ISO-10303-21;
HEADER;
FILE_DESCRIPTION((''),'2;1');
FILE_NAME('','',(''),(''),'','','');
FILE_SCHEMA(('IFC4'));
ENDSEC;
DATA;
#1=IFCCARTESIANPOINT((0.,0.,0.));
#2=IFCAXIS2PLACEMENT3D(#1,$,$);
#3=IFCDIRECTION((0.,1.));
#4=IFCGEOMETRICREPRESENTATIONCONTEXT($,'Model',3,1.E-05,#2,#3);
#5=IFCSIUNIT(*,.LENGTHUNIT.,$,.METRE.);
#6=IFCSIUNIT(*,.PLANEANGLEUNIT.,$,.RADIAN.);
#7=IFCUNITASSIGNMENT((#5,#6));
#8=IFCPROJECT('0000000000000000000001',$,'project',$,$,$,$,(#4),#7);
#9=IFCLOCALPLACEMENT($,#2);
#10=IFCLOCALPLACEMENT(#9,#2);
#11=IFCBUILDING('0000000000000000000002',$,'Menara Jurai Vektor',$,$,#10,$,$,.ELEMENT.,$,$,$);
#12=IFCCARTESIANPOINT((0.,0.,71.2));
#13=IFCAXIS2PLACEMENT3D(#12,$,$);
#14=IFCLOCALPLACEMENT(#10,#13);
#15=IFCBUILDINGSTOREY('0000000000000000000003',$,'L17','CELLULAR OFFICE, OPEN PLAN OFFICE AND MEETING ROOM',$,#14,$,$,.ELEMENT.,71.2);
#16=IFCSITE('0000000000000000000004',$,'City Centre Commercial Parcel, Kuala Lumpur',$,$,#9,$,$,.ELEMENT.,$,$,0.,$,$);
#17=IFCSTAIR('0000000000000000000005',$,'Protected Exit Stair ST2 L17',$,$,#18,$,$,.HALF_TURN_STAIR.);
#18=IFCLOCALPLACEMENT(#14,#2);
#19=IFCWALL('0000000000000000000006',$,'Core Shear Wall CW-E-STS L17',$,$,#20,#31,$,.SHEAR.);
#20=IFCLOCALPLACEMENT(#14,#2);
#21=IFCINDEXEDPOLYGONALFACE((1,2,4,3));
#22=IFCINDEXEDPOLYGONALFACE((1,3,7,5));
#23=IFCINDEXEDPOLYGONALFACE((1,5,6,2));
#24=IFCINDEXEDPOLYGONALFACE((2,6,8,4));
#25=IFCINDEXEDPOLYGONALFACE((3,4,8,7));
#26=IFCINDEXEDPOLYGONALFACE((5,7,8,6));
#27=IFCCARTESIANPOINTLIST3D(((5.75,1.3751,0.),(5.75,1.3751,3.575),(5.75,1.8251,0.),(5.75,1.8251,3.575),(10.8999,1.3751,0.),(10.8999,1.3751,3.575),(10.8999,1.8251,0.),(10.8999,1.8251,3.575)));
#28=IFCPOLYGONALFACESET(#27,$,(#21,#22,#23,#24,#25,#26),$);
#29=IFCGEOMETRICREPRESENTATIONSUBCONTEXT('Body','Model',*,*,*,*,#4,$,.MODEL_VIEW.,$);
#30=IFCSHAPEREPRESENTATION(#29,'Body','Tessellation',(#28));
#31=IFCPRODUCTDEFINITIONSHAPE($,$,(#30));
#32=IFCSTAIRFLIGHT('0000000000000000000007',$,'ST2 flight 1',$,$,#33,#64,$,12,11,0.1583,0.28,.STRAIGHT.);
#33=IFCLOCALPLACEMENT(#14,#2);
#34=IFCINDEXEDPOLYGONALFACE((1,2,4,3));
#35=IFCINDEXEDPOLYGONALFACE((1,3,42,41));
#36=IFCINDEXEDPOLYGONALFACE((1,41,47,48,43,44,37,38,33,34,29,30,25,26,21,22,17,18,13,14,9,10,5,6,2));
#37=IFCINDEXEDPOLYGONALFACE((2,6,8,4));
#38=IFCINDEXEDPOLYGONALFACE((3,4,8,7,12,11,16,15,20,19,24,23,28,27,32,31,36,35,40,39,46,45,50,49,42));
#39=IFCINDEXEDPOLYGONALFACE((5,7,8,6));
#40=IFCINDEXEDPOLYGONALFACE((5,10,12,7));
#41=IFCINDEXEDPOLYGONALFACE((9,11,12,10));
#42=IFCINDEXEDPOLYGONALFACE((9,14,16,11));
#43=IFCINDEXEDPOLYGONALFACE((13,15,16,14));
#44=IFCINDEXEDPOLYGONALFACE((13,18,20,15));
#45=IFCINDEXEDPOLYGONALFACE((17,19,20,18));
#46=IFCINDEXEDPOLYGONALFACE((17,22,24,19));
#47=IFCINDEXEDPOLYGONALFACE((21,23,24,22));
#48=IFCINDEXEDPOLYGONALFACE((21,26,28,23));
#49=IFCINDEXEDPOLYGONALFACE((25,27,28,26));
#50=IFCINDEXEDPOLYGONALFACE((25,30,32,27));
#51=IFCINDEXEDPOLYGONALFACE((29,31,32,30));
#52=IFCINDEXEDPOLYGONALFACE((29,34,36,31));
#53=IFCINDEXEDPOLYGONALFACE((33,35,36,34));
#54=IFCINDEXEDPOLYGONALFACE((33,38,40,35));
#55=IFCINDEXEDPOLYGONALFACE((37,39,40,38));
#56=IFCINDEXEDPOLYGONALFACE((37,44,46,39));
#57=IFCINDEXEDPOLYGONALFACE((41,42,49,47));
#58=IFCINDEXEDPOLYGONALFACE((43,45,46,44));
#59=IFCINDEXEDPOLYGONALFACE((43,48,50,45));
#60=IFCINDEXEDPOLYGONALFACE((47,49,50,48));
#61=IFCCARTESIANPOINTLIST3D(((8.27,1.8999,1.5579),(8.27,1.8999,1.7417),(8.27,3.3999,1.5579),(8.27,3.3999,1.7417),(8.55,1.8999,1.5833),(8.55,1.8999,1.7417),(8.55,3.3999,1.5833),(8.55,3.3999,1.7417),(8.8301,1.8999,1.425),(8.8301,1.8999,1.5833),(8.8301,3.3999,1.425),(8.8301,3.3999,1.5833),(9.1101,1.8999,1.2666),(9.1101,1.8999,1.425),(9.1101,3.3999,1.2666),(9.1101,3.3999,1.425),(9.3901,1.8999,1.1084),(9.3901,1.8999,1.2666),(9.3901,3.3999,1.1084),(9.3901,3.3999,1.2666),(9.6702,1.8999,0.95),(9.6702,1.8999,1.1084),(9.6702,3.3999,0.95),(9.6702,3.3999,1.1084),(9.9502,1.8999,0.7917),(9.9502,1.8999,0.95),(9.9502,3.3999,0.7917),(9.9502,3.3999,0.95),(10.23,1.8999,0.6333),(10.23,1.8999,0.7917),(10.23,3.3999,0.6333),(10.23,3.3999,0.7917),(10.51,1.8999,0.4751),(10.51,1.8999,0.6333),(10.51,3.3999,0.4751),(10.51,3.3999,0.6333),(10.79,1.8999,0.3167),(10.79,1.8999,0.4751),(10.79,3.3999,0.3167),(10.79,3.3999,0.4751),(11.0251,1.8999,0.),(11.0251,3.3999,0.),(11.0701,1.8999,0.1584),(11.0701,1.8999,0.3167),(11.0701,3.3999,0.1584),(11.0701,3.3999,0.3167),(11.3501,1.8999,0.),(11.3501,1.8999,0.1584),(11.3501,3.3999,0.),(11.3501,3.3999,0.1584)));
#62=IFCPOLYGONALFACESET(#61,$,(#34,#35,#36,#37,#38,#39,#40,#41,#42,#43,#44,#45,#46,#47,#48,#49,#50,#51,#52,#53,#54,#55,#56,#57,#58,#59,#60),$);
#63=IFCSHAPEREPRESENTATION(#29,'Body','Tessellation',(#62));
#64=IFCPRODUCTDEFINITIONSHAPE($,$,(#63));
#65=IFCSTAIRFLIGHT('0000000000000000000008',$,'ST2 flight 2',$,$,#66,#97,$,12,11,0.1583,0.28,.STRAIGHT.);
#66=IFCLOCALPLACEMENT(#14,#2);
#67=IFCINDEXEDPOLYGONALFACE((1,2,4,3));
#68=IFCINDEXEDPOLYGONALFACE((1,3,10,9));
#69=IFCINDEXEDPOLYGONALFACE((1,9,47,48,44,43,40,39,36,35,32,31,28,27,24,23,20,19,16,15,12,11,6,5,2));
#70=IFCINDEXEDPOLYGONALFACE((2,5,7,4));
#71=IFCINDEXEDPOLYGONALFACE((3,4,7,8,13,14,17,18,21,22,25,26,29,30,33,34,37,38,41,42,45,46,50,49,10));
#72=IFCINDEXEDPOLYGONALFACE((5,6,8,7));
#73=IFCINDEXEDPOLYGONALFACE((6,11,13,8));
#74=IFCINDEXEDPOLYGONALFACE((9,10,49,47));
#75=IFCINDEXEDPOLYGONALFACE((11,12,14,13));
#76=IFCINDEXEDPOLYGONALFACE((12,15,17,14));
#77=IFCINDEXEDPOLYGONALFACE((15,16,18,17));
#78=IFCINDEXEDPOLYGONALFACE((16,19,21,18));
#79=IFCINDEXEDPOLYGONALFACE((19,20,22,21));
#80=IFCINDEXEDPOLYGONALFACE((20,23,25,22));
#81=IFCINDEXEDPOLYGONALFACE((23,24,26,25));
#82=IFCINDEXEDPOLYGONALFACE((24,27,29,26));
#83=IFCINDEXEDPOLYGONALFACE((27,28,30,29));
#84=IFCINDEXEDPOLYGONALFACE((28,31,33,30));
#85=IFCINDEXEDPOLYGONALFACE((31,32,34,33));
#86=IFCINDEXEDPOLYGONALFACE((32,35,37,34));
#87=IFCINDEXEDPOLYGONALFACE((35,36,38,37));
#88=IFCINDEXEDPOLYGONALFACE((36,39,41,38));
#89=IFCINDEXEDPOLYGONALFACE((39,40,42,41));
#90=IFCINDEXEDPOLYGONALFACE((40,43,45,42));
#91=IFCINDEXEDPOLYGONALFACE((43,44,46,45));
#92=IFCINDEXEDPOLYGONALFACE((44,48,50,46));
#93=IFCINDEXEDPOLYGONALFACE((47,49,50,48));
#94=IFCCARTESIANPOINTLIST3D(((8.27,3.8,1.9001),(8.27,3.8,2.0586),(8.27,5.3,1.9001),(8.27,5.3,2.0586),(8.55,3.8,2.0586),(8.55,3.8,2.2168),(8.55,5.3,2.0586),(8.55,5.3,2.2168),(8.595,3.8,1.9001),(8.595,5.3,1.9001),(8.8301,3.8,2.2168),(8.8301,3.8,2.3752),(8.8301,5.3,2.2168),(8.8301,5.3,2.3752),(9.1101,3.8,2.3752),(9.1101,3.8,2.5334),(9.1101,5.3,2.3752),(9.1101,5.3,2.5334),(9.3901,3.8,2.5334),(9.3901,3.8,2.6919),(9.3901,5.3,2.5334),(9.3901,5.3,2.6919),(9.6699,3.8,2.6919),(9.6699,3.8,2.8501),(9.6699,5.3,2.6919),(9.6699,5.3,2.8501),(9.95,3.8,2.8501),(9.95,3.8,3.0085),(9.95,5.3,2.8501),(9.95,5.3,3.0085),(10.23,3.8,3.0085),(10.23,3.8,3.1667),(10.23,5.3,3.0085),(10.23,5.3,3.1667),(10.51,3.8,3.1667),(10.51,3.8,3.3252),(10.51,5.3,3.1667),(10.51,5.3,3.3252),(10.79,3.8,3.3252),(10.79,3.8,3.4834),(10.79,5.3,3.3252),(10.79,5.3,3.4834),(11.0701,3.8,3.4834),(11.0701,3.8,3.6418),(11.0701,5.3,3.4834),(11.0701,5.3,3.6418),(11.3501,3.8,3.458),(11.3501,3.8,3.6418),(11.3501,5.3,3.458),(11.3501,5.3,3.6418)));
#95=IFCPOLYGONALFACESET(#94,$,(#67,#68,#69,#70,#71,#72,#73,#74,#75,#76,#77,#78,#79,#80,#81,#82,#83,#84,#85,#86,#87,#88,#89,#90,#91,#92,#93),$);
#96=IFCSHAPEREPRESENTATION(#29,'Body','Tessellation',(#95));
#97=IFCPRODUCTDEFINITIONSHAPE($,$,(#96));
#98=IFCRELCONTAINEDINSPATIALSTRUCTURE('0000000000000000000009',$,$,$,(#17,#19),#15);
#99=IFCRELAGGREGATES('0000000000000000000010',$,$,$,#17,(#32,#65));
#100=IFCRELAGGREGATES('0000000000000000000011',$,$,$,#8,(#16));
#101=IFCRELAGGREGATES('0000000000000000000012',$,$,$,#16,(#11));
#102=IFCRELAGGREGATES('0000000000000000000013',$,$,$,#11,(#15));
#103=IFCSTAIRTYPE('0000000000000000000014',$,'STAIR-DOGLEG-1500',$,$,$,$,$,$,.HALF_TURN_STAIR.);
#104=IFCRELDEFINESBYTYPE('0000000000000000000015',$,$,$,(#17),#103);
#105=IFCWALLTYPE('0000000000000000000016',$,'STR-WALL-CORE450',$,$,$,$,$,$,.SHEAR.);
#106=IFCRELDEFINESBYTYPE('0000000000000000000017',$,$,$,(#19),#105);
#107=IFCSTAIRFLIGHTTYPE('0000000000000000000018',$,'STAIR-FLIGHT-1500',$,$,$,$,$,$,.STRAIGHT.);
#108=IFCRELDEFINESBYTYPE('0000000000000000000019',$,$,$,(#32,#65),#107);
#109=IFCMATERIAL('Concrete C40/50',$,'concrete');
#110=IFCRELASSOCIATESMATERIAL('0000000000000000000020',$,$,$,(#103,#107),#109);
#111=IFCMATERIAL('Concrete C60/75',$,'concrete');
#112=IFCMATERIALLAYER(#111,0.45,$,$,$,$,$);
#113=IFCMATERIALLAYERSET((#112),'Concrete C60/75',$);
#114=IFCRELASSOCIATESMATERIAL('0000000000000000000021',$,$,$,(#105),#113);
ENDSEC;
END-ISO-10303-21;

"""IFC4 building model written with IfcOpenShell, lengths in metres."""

from ifc_helpers import new_model, si_unit, direction, frame, frame_2d, origin, place, context, subcontext, project, spatial, polyline, rectangle, outline, extrude, material, layer, layer_set, type_object, element, aggregate, save


model = new_model("IFC4")

# Units and contexts
model_context = context("Model", 3, precision=1e-05, world=origin(), true_north=direction((0.0, 1.0)))
body_context = subcontext(model_context, "Body", "Model", "MODEL_VIEW")
ifc_project = project(units=[si_unit("LENGTHUNIT", "METRE"), si_unit("PLANEANGLEUNIT", "RADIAN")], contexts=[model_context])

# Site, building, storey
site_placement = place(None, origin())
site = spatial("IfcSite", under=ifc_project, at=site_placement, Name="City Centre Commercial Parcel, Kuala Lumpur", CompositionType="ELEMENT", RefElevation=0.0)
building_placement = place(site_placement, origin())
building = spatial("IfcBuilding", under=site, at=building_placement, Name="Menara Jurai Vektor", CompositionType="ELEMENT")
storey_placement = place(building_placement, frame((0.0, 0.0, 71.2)))
storey = spatial("IfcBuildingStorey", under=building, at=storey_placement, Name="L17", Description="CELLULAR OFFICE, OPEN PLAN OFFICE AND MEETING ROOM", CompositionType="ELEMENT", Elevation=71.2)

# Shared definitions
ifc_material_1 = material(Name="Concrete C60/75", Category="concrete")

# Stair
ifc_material_2 = material(Name="Concrete C40/50", Category="concrete")
stair_type = type_object("IfcStairType", Name="STAIR-DOGLEG-1500", PredefinedType="HALF_TURN_STAIR", material=ifc_material_2)
stair_placement = place(storey_placement, origin())
stair = element("IfcStair", 1, at=stair_placement, inside=storey, type_object=stair_type, Name="Protected Exit Stair ST2 L17", PredefinedType="HALF_TURN_STAIR")

# Wall
ifc_layer_1 = layer(ifc_material_1, 0.45)
ifc_layer_set_1 = layer_set([ifc_layer_1], Name="Concrete C60/75")
wall_type_1 = type_object("IfcWallType", Name="STR-WALL-CORE450", PredefinedType="SHEAR", material=ifc_layer_set_1)
wall_1_placement = place(storey_placement, frame((5.75, 1.6001, 0.0), z_axis=(0.0, 0.0, 1.0), x_axis=(1.0, 0.0, 0.0)))
element("IfcWall", 2, at=wall_1_placement, inside=storey, type_object=wall_type_1, Name="Core Shear Wall CW-E-STS L17", PredefinedType="SHEAR", context=body_context, shape_type="SweptSolid", body=[
    extrude(rectangle(XDim=5.1499, YDim=0.45, at=frame_2d((2.575, 0.0))), origin(), (0.0, 0.0, 1.0), 3.575),
])

# Stair flights
stair_flight_type = type_object("IfcStairFlightType", Name="STAIR-FLIGHT-1500", PredefinedType="STRAIGHT", material=ifc_material_2)
stair_flight_1_placement = place(storey_placement, frame((11.3501, 2.6499, 0.0), z_axis=(0.0, 0.0, 1.0), x_axis=(-1.0, 0.0, 0.0)))
stair_flight_1 = element("IfcStairFlight", 3, at=stair_flight_1_placement, type_object=stair_flight_type, Name="ST2 flight 1", NumberOfRisers=12, NumberOfTreads=11, PredefinedType="STRAIGHT", RiserHeight=0.1583, TreadLength=0.28, context=body_context, shape_type="SweptSolid", body=[
    extrude(outline(polyline([(0.0, 0.0), (0.0, 0.1584), (0.28, 0.1584), (0.28, 0.3167), (0.5601, 0.3167), (0.5601, 0.4751), (0.8401, 0.4751), (0.8401, 0.6333), (1.1201, 0.6333), (1.1201, 0.7917), (1.3999, 0.7917), (1.3999, 0.95), (1.6799, 0.95), (1.6799, 1.1084), (1.96, 1.1084), (1.96, 1.2666), (2.24, 1.2666), (2.24, 1.425), (2.52, 1.425), (2.52, 1.5833), (2.8, 1.5833), (2.8, 1.7417), (3.0801, 1.7417), (3.0801, 1.8999), (3.0801, 1.5579), (0.325, 0.0), (0.0, 0.0)])), frame((0.0, 0.75, 0.0), z_axis=(0.0, -1.0, 0.0), x_axis=(1.0, 0.0, 0.0)), (0.0, 0.0, 1.0), 1.5),
])
stair_flight_2_placement = place(storey_placement, frame((8.27, 4.55, 1.9001), z_axis=(0.0, 0.0, 1.0), x_axis=(1.0, 0.0, 0.0)))
stair_flight_2 = element("IfcStairFlight", 4, at=stair_flight_2_placement, type_object=stair_flight_type, Name="ST2 flight 2", NumberOfRisers=12, NumberOfTreads=11, PredefinedType="STRAIGHT", RiserHeight=0.1583, TreadLength=0.28, context=body_context, shape_type="SweptSolid", body=[
    extrude(outline(polyline([(0.0, 0.0), (0.0, 0.1584), (0.28, 0.1584), (0.28, 0.3167), (0.5601, 0.3167), (0.5601, 0.4751), (0.8401, 0.4751), (0.8401, 0.6333), (1.1201, 0.6333), (1.1201, 0.7917), (1.3999, 0.7917), (1.3999, 0.95), (1.6799, 0.95), (1.6799, 1.1084), (1.96, 1.1084), (1.96, 1.2666), (2.24, 1.2666), (2.24, 1.425), (2.52, 1.425), (2.52, 1.5833), (2.8, 1.5833), (2.8, 1.7417), (3.0801, 1.7417), (3.0801, 1.8999), (3.0801, 1.5579), (0.325, 0.0), (0.0, 0.0)])), frame((0.0, 0.75, 0.0), z_axis=(0.0, -1.0, 0.0), x_axis=(1.0, 0.0, 0.0)), (0.0, 0.0, 1.0), 1.5),
])
aggregate(stair, [stair_flight_1, stair_flight_2])

save(model, "model.ifc")
